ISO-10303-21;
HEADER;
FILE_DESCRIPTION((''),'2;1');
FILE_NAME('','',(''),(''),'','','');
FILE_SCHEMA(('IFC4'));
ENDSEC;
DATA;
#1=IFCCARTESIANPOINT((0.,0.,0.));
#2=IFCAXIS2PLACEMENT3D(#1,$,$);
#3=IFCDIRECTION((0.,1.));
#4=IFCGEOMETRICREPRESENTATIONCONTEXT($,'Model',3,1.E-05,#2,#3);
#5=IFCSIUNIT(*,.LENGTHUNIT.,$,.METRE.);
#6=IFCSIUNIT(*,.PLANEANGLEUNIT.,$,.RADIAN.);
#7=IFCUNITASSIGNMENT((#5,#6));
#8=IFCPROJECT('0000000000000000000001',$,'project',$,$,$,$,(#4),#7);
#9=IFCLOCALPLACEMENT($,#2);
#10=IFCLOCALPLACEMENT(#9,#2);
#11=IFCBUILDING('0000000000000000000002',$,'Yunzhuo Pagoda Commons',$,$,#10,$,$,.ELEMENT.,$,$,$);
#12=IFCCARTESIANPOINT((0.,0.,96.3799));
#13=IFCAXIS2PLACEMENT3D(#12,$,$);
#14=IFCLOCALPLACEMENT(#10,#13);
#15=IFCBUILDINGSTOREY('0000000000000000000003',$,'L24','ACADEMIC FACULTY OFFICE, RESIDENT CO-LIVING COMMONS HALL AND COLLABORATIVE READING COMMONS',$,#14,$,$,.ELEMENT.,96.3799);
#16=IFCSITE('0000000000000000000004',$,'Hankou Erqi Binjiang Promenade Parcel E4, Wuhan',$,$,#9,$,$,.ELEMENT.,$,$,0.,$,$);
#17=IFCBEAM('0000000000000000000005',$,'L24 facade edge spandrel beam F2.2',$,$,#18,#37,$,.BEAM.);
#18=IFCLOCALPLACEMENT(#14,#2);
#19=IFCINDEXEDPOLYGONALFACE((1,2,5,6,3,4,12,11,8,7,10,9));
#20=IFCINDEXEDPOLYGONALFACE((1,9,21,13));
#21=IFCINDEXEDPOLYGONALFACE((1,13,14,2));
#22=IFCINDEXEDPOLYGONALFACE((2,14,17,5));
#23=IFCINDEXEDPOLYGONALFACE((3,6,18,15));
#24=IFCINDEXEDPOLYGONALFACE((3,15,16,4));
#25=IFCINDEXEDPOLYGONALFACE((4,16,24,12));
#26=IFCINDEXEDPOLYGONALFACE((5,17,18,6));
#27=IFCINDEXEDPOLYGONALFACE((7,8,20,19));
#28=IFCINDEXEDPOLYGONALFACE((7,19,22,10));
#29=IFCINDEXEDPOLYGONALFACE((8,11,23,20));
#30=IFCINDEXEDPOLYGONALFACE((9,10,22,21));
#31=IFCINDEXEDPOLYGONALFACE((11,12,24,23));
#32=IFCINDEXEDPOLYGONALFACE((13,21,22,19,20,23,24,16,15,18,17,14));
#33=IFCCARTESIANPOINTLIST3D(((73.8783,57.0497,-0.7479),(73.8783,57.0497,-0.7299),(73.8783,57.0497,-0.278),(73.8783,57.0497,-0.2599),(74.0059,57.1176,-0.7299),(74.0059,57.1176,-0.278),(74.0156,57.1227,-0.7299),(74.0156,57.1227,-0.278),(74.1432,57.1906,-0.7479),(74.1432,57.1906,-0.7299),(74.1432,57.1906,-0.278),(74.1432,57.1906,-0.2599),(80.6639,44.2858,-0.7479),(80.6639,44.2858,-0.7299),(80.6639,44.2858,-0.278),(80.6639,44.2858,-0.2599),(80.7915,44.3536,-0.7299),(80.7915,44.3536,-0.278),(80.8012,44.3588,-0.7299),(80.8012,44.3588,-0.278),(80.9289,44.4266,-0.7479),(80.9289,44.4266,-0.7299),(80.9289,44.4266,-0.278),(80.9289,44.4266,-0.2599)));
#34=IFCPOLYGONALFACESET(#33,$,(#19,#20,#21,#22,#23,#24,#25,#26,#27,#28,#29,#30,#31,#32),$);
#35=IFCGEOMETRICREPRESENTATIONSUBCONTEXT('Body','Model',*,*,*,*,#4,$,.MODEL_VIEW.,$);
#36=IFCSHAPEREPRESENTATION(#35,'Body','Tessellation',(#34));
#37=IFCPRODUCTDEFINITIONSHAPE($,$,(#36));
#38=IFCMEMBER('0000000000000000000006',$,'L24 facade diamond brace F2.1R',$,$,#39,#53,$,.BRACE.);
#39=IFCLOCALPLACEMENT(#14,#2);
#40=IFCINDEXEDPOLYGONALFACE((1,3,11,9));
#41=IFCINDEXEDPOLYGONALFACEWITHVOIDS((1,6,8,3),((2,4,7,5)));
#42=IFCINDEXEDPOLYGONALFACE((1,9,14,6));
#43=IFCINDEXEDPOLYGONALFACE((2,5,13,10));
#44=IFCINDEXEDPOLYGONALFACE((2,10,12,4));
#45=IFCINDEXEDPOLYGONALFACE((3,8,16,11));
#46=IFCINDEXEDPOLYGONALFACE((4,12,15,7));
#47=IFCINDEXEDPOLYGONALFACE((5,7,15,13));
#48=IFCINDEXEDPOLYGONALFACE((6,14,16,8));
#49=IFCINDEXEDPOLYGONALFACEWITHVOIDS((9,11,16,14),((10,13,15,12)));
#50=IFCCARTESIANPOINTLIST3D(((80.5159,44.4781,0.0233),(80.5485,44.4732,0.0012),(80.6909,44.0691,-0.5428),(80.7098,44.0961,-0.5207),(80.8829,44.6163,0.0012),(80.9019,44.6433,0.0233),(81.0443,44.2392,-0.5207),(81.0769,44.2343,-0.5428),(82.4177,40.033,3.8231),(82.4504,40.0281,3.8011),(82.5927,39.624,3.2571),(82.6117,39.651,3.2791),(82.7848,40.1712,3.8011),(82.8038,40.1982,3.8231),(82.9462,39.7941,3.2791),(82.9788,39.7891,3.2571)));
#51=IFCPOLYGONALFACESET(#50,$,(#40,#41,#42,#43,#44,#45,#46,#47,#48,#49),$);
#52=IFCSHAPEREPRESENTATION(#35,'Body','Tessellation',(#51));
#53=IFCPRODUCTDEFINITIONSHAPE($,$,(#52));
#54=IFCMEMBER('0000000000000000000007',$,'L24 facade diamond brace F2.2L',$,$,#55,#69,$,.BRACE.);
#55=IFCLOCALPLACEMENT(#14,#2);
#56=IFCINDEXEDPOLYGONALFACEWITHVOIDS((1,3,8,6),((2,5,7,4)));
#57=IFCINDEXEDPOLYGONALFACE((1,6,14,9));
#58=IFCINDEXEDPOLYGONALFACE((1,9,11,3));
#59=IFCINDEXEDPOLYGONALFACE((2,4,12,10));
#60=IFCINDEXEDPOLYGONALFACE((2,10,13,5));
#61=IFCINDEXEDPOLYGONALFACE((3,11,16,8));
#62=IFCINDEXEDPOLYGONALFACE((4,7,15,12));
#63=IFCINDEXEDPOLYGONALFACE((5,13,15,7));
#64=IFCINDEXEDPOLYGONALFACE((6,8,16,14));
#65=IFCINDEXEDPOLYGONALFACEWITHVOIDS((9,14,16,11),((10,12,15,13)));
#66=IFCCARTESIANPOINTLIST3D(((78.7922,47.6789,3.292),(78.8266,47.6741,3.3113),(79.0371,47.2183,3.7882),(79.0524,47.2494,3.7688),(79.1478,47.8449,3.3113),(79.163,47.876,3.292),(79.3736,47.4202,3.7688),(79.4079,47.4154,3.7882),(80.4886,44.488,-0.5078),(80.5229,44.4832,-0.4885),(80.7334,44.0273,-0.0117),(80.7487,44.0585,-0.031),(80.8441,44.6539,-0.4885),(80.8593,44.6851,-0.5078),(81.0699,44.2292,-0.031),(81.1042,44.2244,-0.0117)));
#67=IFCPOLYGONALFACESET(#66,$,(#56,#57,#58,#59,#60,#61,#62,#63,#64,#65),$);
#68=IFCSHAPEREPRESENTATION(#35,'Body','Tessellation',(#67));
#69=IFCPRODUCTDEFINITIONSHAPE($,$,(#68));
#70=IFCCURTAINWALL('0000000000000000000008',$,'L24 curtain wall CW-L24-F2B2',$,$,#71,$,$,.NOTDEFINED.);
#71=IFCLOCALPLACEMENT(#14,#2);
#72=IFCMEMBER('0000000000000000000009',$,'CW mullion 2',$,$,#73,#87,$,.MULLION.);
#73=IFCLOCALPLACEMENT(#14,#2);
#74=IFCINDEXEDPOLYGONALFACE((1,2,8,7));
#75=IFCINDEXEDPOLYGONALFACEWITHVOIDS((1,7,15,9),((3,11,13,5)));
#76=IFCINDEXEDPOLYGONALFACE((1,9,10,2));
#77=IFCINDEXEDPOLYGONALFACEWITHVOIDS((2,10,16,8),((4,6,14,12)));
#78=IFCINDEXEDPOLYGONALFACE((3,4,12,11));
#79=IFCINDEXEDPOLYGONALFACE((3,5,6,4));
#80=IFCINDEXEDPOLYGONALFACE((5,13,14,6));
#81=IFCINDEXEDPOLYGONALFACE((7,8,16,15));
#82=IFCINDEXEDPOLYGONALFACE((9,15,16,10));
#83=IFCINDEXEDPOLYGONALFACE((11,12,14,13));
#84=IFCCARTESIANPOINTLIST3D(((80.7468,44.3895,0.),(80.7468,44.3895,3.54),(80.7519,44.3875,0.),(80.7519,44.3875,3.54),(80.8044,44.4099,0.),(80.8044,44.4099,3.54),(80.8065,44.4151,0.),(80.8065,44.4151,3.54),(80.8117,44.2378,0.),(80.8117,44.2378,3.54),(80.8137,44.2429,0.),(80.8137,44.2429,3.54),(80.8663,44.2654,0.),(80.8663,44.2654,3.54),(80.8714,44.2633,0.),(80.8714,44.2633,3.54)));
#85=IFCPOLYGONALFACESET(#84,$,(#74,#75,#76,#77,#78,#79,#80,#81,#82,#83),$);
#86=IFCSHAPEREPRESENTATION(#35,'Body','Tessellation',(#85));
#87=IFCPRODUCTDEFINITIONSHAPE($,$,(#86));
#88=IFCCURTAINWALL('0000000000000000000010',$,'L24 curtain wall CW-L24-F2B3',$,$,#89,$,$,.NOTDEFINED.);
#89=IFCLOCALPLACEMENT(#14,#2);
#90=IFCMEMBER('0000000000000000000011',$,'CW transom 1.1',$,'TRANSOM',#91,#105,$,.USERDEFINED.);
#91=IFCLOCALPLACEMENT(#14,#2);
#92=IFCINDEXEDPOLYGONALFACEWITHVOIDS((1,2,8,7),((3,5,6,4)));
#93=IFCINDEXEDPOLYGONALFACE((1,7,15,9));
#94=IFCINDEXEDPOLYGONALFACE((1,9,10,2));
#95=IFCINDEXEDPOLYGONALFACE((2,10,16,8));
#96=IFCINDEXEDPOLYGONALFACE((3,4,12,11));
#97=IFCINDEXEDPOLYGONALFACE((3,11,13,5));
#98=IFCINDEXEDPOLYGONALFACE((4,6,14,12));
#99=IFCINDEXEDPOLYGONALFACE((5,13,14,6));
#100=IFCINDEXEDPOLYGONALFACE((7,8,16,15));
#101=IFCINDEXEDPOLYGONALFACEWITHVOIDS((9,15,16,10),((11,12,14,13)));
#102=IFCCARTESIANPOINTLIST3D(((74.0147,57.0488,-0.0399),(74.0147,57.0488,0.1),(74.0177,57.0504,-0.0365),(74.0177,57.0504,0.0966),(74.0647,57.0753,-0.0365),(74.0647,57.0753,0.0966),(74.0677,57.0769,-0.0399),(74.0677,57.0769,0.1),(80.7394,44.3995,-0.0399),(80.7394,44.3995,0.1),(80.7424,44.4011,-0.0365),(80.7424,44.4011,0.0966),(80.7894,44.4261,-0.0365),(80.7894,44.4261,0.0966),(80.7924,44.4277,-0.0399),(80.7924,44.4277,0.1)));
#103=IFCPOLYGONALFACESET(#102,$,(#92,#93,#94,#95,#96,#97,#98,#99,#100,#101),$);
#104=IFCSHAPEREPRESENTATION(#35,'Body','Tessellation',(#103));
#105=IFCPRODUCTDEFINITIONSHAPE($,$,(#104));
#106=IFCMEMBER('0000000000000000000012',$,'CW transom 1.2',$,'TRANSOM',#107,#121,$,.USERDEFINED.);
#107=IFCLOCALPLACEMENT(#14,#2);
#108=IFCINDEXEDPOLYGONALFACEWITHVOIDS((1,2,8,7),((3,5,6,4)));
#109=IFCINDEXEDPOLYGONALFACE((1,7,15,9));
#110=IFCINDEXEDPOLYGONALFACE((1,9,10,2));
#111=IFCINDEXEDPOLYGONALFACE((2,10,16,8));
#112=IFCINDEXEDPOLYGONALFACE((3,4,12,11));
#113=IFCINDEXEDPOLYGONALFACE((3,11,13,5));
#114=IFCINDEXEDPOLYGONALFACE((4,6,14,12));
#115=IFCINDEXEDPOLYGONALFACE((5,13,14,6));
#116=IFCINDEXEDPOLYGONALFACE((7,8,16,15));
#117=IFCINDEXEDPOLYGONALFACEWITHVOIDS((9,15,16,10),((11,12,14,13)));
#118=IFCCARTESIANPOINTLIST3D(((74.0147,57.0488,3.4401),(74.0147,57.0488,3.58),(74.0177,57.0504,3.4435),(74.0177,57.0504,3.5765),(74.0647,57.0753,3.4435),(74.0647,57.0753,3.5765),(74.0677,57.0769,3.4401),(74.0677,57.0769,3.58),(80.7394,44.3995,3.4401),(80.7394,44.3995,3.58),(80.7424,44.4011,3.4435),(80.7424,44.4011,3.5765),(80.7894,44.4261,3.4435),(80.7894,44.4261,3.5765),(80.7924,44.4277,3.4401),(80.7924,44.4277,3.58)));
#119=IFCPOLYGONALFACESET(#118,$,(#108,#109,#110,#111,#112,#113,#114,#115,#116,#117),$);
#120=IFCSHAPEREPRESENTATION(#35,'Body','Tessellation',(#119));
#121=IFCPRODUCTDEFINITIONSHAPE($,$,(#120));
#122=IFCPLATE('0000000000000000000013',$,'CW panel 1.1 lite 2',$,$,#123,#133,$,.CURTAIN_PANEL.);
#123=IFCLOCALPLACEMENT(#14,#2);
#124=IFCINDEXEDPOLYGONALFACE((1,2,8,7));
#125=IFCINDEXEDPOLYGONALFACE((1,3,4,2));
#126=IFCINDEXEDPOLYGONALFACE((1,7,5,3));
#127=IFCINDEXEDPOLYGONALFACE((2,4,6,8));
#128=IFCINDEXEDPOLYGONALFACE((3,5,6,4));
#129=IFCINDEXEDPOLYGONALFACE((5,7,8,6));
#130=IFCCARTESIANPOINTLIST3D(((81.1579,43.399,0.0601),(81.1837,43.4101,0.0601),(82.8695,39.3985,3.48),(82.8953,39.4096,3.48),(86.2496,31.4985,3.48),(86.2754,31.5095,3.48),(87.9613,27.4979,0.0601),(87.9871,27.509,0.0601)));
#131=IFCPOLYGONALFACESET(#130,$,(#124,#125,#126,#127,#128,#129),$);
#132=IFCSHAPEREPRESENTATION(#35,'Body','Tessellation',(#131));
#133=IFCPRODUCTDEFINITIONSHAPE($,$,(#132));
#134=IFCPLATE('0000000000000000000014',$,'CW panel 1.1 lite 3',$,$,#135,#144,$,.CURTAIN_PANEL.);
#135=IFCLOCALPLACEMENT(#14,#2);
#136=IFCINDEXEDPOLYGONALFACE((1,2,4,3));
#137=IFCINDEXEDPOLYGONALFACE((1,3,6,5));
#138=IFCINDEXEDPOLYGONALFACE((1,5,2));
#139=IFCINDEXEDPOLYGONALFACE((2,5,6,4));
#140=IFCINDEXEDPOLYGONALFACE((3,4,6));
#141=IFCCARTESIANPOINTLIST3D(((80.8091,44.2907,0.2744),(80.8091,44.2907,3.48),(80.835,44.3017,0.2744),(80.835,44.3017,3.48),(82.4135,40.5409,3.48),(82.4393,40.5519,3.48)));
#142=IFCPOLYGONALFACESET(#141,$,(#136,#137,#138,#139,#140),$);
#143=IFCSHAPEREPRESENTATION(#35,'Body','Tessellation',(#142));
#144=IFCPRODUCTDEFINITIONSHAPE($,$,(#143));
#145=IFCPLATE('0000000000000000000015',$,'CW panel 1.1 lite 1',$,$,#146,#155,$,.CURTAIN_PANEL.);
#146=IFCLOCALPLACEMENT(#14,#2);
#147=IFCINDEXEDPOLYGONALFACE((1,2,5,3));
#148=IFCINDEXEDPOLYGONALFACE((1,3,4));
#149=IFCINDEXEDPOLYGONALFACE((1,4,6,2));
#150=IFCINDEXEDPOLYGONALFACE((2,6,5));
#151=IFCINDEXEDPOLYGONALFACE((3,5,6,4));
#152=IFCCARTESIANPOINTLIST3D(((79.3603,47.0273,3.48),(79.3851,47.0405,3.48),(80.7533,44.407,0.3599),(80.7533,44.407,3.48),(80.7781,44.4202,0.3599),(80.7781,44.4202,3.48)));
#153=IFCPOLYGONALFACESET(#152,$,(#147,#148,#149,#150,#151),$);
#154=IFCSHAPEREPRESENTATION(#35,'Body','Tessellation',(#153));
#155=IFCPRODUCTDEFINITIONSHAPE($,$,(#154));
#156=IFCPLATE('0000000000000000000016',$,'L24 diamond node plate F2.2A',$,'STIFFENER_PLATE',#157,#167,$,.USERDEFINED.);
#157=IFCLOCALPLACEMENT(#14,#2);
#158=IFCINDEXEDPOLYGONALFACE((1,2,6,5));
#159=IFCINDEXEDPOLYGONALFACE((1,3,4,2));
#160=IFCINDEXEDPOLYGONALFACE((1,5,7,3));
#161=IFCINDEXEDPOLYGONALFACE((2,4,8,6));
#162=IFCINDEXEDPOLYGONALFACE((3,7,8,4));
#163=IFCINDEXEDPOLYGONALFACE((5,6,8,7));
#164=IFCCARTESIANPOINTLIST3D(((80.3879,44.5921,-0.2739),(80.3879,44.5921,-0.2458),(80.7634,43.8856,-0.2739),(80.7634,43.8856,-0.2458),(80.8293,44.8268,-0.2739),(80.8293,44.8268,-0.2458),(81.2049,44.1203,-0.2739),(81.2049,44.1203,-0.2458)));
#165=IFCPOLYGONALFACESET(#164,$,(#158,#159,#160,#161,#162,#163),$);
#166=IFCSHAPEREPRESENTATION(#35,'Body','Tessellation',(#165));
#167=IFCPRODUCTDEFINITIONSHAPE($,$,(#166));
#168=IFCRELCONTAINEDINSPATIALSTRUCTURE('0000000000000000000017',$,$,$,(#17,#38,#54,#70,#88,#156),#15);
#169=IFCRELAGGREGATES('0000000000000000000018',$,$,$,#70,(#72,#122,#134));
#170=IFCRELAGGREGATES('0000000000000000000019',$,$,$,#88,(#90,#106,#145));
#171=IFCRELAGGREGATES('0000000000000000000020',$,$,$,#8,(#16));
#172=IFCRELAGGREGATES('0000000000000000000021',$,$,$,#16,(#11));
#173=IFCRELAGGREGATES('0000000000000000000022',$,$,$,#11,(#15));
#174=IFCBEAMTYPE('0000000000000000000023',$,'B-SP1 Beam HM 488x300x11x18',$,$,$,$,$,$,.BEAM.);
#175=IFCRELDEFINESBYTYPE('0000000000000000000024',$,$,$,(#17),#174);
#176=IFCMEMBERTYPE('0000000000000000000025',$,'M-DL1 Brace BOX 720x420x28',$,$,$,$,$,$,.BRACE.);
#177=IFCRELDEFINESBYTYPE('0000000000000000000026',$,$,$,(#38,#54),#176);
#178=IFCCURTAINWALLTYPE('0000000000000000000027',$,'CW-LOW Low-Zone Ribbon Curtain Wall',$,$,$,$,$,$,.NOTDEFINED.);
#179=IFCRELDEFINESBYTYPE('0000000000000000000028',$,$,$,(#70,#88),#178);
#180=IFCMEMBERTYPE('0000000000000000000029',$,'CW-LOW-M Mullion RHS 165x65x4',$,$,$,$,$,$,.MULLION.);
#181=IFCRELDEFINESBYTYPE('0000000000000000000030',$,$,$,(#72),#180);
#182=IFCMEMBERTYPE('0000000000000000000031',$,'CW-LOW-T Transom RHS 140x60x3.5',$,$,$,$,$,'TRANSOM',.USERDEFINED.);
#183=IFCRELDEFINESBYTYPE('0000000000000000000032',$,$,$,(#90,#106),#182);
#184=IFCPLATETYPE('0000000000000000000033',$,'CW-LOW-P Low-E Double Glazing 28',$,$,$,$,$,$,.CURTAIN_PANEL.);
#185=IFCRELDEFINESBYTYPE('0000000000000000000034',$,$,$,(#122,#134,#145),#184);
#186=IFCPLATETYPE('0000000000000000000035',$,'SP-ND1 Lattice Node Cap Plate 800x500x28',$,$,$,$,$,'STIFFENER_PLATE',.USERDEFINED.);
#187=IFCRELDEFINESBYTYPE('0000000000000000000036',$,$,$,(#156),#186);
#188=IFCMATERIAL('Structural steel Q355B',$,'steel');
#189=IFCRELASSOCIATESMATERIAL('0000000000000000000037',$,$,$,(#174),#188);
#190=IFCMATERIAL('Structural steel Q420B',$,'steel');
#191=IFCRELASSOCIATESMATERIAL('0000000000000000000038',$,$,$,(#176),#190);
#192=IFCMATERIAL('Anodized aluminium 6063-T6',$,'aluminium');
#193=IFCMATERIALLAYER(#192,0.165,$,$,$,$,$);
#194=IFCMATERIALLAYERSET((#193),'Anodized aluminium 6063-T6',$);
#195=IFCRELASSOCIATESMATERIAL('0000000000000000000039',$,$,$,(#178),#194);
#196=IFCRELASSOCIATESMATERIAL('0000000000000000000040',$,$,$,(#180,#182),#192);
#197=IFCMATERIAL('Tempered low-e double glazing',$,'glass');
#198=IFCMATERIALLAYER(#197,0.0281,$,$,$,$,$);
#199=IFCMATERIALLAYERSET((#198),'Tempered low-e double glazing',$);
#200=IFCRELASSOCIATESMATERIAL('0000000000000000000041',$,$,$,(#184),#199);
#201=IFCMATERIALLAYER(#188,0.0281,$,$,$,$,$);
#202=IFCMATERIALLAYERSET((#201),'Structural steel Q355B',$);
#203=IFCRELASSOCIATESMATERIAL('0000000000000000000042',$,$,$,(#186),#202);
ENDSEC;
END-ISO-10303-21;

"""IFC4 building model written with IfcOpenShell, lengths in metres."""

from ifc_helpers import new_model, si_unit, direction, frame, origin, origin_2d, place, context, subcontext, project, spatial, polyline, rectangle, hollow_rectangle, i_section, outline, extrude, source, transform, mapped, material, layer, layer_set, material_profile, profile_set, type_object, element, aggregate, save


model = new_model("IFC4")

# Units and contexts
model_context = context("Model", 3, precision=1e-05, world=origin(), true_north=direction((0.0, 1.0)))
body_context = subcontext(model_context, "Body", "Model", "MODEL_VIEW")
ifc_project = project(units=[si_unit("LENGTHUNIT", "METRE"), si_unit("PLANEANGLEUNIT", "RADIAN")], contexts=[model_context])

# Site, building, storey
site_placement = place(None, origin())
site = spatial("IfcSite", under=ifc_project, at=site_placement, Name="Hankou Erqi Binjiang Promenade Parcel E4, Wuhan", CompositionType="ELEMENT", RefElevation=0.0)
building_placement = place(site_placement, origin())
building = spatial("IfcBuilding", under=site, at=building_placement, Name="Yunzhuo Pagoda Commons", CompositionType="ELEMENT")
storey_placement = place(building_placement, frame((0.0, 0.0, 96.3799)))
storey = spatial("IfcBuildingStorey", under=building, at=storey_placement, Name="L24", Description="ACADEMIC FACULTY OFFICE, RESIDENT CO-LIVING COMMONS HALL AND COLLABORATIVE READING COMMONS", CompositionType="ELEMENT", Elevation=96.3799)

# Shared definitions
ifc_material_1 = material(Name="Structural steel Q420B", Category="steel")

# Beam
ifc_material_2 = material(Name="Structural steel Q355B", Category="steel")
ifc_material_profile_1 = material_profile(ifc_material_2, i_section(OverallWidth=0.3, OverallDepth=0.488, WebThickness=0.011, FlangeThickness=0.0181, at=origin_2d()), Name="Structural steel Q355B")
ifc_profile_set_1 = profile_set([ifc_material_profile_1], Name="Structural steel Q355B")
beam_type_1 = type_object("IfcBeamType", Name="B-SP1 Beam HM 488x300x11x18", PredefinedType="BEAM", material=ifc_profile_set_1)
shared_shape_1 = source(origin(), body_context, "Body", "SweptSolid", [
    extrude(i_section(OverallWidth=0.3, OverallDepth=0.488, WebThickness=0.011, FlangeThickness=0.0181, at=origin_2d()), origin(), (0.0, 0.0, 1.0), 14.4556),
])
beam_1_placement = place(storey_placement, frame((80.7964, 44.3562, -0.5039), z_axis=(-0.469415, 0.882978, 0.0), x_axis=(-0.882978, -0.469415, 0.0)))
element("IfcBeam", 1, at=beam_1_placement, inside=storey, type_object=beam_type_1, Name="L24 facade edge spandrel beam F2.2", PredefinedType="BEAM", context=body_context, shape_type="MappedRepresentation", body=[
    mapped(shared_shape_1, transform((0.0, 0.0, 0.0), scale=1.0)),
])

# Members
ifc_material_profile_2 = material_profile(ifc_material_1, hollow_rectangle(XDim=0.4199, YDim=0.72, WallThickness=0.0281, at=origin_2d()), Name="Structural steel Q420B")
ifc_profile_set_2 = profile_set([ifc_material_profile_2], Name="Structural steel Q420B")
member_type_1 = type_object("IfcMemberType", Name="M-DL1 Brace BOX 720x420x28", PredefinedType="BRACE", material=ifc_profile_set_2)
shared_shape_2 = source(origin(), body_context, "Body", "SweptSolid", [
    extrude(hollow_rectangle(XDim=0.4199, YDim=0.72, WallThickness=0.0281, at=origin_2d()), origin(), (0.0, 0.0, 1.0), 6.1494),
])
member_1_placement = place(storey_placement, frame((80.7964, 44.3562, -0.2598), z_axis=(0.309279, -0.722855, 0.617922), x_axis=(0.919383, 0.393365, 0.0)))
element("IfcMember", 2, at=member_1_placement, inside=storey, type_object=member_type_1, Name="L24 facade diamond brace F2.1R", PredefinedType="BRACE", context=body_context, shape_type="MappedRepresentation", body=[
    mapped(shared_shape_2, transform((0.0, 0.0, 0.0), scale=1.0)),
])
shared_shape_3 = source(origin(), body_context, "Body", "SweptSolid", [
    extrude(hollow_rectangle(XDim=0.4199, YDim=0.72, WallThickness=0.0281, at=origin_2d()), origin(), (0.0, 0.0, 1.0), 5.2439),
])
member_2_placement = place(storey_placement, frame((80.7964, 44.3562, -0.2598), z_axis=(-0.323482, 0.608508, 0.724622), x_axis=(-0.882988, -0.469396, 0.0)))
element("IfcMember", 3, at=member_2_placement, inside=storey, type_object=member_type_1, Name="L24 facade diamond brace F2.2L", PredefinedType="BRACE", context=body_context, shape_type="MappedRepresentation", body=[
    mapped(shared_shape_3, transform((0.0, 0.0, 0.0), scale=1.0)),
])

# Curtain wall, member
ifc_material_3 = material(Name="Anodized aluminium 6063-T6", Category="aluminium")
ifc_layer_1 = layer(ifc_material_3, 0.165)
ifc_layer_set_1 = layer_set([ifc_layer_1], Name="Anodized aluminium 6063-T6")
curtain_wall_type = type_object("IfcCurtainWallType", Name="CW-LOW Low-Zone Ribbon Curtain Wall", PredefinedType="NOTDEFINED", material=ifc_layer_set_1)
curtain_wall_1_placement = place(storey_placement, origin())
curtain_wall_1 = element("IfcCurtainWall", 4, at=curtain_wall_1_placement, inside=storey, type_object=curtain_wall_type, Name="L24 curtain wall CW-L24-F2B2", PredefinedType="NOTDEFINED")
ifc_material_profile_3 = material_profile(ifc_material_3, hollow_rectangle(XDim=0.0649, YDim=0.165, WallThickness=0.0039, at=origin_2d()), Name="Anodized aluminium 6063-T6")
ifc_profile_set_3 = profile_set([ifc_material_profile_3], Name="Anodized aluminium 6063-T6")
member_type_2 = type_object("IfcMemberType", Name="CW-LOW-M Mullion RHS 165x65x4", PredefinedType="MULLION", material=ifc_profile_set_3)
shared_shape_4 = source(origin(), body_context, "Body", "SweptSolid", [
    extrude(hollow_rectangle(XDim=0.0649, YDim=0.165, WallThickness=0.0039, at=origin_2d()), origin(), (0.0, 0.0, 1.0), 3.54),
])
member_3_placement = place(storey_placement, frame((80.8091, 44.3264, 0.0), z_axis=(0.0, 0.0, 1.0), x_axis=(-0.919383, -0.393364, 0.0)))
member_3 = element("IfcMember", 5, at=member_3_placement, type_object=member_type_2, Name="CW mullion 2", PredefinedType="MULLION", context=body_context, shape_type="MappedRepresentation", body=[
    mapped(shared_shape_4, transform((0.0, 0.0, 0.0), scale=1.0)),
])

# Curtain wall, members
curtain_wall_2_placement = place(storey_placement, origin())
curtain_wall_2 = element("IfcCurtainWall", 6, at=curtain_wall_2_placement, inside=storey, type_object=curtain_wall_type, Name="L24 curtain wall CW-L24-F2B3", PredefinedType="NOTDEFINED")
ifc_material_profile_4 = material_profile(ifc_material_3, hollow_rectangle(XDim=0.0601, YDim=0.1399, WallThickness=0.0034, at=origin_2d()), Name="Anodized aluminium 6063-T6")
ifc_profile_set_4 = profile_set([ifc_material_profile_4], Name="Anodized aluminium 6063-T6")
member_type_3 = type_object("IfcMemberType", Name="CW-LOW-T Transom RHS 140x60x3.5", ElementType="TRANSOM", PredefinedType="USERDEFINED", material=ifc_profile_set_4)
shared_shape_5 = source(origin(), body_context, "Body", "SweptSolid", [
    extrude(hollow_rectangle(XDim=0.0601, YDim=0.1399, WallThickness=0.0034, at=origin_2d()), origin(), (0.0, 0.0, 1.0), 14.3257),
])
member_4_placement = place(storey_placement, frame((80.7659, 44.4136, 0.03), z_axis=(-0.469413, 0.882979, 0.0), x_axis=(-0.882979, -0.469413, 0.0)))
member_4 = element("IfcMember", 7, at=member_4_placement, type_object=member_type_3, Name="CW transom 1.1", ObjectType="TRANSOM", PredefinedType="USERDEFINED", context=body_context, shape_type="MappedRepresentation", body=[
    mapped(shared_shape_5, transform((0.0, 0.0, 0.0), scale=1.0)),
])
member_5_placement = place(storey_placement, frame((80.7659, 44.4136, 3.51), z_axis=(-0.469413, 0.882979, 0.0), x_axis=(-0.882979, -0.469413, 0.0)))
member_5 = element("IfcMember", 8, at=member_5_placement, type_object=member_type_3, Name="CW transom 1.2", ObjectType="TRANSOM", PredefinedType="USERDEFINED", context=body_context, shape_type="MappedRepresentation", body=[
    mapped(shared_shape_5, transform((0.0, 0.0, 0.0), scale=1.0)),
])

# Plates
ifc_material_4 = material(Name="Tempered low-e double glazing", Category="glass")
ifc_layer_2 = layer(ifc_material_4, 0.0281)
ifc_layer_set_2 = layer_set([ifc_layer_2], Name="Tempered low-e double glazing")
plate_type_1 = type_object("IfcPlateType", Name="CW-LOW-P Low-E Double Glazing 28", PredefinedType="CURTAIN_PANEL", material=ifc_layer_set_2)
plate_1_placement = place(storey_placement, frame((84.5596, 35.4485, 1.77), z_axis=(0.919383, 0.393364, 0.0), x_axis=(-0.393364, 0.919383, 0.0)))
plate_1 = element("IfcPlate", 9, at=plate_1_placement, type_object=plate_type_1, Name="CW panel 1.1 lite 2", PredefinedType="CURTAIN_PANEL", context=body_context, shape_type="SweptSolid", body=[
    extrude(outline(polyline([(-8.6477, -1.71), (8.6477, -1.71), (4.2964, 1.71), (-4.2964, 1.71), (-8.6477, -1.71)])), origin(), (0.0, 0.0, 1.0), 0.0281),
])
plate_2_placement = place(storey_placement, frame((81.6113, 42.4158, 1.8772), z_axis=(0.919383, 0.393364, 0.0), x_axis=(-0.393364, 0.919383, 0.0)))
plate_2 = element("IfcPlate", 10, at=plate_2_placement, type_object=plate_type_1, Name="CW panel 1.1 lite 3", PredefinedType="CURTAIN_PANEL", context=body_context, shape_type="SweptSolid", body=[
    extrude(outline(polyline([(-2.0393, 1.6028), (2.0393, -1.6028), (2.0393, 1.6028), (-2.0393, 1.6028)])), origin(), (0.0, 0.0, 1.0), 0.0281),
])
aggregate(curtain_wall_1, [member_3, plate_1, plate_2])
plate_3_placement = place(storey_placement, frame((80.0569, 45.717, 1.9199), z_axis=(0.882976, 0.469418, 0.0), x_axis=(-0.469418, 0.882976, 0.0)))
plate_3 = element("IfcPlate", 11, at=plate_3_placement, type_object=plate_type_1, Name="CW panel 1.1 lite 1", PredefinedType="CURTAIN_PANEL", context=body_context, shape_type="SweptSolid", body=[
    extrude(outline(polyline([(-1.4836, -1.5601), (1.4839, 1.5601), (-1.4836, 1.5601), (-1.4836, -1.5601)])), origin(), (0.0, 0.0, 1.0), 0.0281),
])
aggregate(curtain_wall_2, [member_4, member_5, plate_3])

# Plate
ifc_layer_3 = layer(ifc_material_2, 0.0281)
ifc_layer_set_3 = layer_set([ifc_layer_3], Name="Structural steel Q355B")
plate_type_2 = type_object("IfcPlateType", Name="SP-ND1 Lattice Node Cap Plate 800x500x28", ElementType="STIFFENER_PLATE", PredefinedType="USERDEFINED", material=ifc_layer_set_3)
shared_shape_6 = source(origin(), body_context, "Body", "SweptSolid", [
    extrude(rectangle(XDim=0.8, YDim=0.5, at=origin_2d()), origin(), (0.0, 0.0, 1.0), 0.0281),
])
plate_4_placement = place(storey_placement, frame((80.7964, 44.3562, -0.2739), z_axis=(0.0, 0.0, 1.0), x_axis=(-0.469425, 0.882972, 0.0)))
element("IfcPlate", 12, at=plate_4_placement, inside=storey, type_object=plate_type_2, Name="L24 diamond node plate F2.2A", ObjectType="STIFFENER_PLATE", PredefinedType="USERDEFINED", context=body_context, shape_type="MappedRepresentation", body=[
    mapped(shared_shape_6, transform((0.0, 0.0, 0.0), scale=1.0)),
])

save(model, "model.ifc")
